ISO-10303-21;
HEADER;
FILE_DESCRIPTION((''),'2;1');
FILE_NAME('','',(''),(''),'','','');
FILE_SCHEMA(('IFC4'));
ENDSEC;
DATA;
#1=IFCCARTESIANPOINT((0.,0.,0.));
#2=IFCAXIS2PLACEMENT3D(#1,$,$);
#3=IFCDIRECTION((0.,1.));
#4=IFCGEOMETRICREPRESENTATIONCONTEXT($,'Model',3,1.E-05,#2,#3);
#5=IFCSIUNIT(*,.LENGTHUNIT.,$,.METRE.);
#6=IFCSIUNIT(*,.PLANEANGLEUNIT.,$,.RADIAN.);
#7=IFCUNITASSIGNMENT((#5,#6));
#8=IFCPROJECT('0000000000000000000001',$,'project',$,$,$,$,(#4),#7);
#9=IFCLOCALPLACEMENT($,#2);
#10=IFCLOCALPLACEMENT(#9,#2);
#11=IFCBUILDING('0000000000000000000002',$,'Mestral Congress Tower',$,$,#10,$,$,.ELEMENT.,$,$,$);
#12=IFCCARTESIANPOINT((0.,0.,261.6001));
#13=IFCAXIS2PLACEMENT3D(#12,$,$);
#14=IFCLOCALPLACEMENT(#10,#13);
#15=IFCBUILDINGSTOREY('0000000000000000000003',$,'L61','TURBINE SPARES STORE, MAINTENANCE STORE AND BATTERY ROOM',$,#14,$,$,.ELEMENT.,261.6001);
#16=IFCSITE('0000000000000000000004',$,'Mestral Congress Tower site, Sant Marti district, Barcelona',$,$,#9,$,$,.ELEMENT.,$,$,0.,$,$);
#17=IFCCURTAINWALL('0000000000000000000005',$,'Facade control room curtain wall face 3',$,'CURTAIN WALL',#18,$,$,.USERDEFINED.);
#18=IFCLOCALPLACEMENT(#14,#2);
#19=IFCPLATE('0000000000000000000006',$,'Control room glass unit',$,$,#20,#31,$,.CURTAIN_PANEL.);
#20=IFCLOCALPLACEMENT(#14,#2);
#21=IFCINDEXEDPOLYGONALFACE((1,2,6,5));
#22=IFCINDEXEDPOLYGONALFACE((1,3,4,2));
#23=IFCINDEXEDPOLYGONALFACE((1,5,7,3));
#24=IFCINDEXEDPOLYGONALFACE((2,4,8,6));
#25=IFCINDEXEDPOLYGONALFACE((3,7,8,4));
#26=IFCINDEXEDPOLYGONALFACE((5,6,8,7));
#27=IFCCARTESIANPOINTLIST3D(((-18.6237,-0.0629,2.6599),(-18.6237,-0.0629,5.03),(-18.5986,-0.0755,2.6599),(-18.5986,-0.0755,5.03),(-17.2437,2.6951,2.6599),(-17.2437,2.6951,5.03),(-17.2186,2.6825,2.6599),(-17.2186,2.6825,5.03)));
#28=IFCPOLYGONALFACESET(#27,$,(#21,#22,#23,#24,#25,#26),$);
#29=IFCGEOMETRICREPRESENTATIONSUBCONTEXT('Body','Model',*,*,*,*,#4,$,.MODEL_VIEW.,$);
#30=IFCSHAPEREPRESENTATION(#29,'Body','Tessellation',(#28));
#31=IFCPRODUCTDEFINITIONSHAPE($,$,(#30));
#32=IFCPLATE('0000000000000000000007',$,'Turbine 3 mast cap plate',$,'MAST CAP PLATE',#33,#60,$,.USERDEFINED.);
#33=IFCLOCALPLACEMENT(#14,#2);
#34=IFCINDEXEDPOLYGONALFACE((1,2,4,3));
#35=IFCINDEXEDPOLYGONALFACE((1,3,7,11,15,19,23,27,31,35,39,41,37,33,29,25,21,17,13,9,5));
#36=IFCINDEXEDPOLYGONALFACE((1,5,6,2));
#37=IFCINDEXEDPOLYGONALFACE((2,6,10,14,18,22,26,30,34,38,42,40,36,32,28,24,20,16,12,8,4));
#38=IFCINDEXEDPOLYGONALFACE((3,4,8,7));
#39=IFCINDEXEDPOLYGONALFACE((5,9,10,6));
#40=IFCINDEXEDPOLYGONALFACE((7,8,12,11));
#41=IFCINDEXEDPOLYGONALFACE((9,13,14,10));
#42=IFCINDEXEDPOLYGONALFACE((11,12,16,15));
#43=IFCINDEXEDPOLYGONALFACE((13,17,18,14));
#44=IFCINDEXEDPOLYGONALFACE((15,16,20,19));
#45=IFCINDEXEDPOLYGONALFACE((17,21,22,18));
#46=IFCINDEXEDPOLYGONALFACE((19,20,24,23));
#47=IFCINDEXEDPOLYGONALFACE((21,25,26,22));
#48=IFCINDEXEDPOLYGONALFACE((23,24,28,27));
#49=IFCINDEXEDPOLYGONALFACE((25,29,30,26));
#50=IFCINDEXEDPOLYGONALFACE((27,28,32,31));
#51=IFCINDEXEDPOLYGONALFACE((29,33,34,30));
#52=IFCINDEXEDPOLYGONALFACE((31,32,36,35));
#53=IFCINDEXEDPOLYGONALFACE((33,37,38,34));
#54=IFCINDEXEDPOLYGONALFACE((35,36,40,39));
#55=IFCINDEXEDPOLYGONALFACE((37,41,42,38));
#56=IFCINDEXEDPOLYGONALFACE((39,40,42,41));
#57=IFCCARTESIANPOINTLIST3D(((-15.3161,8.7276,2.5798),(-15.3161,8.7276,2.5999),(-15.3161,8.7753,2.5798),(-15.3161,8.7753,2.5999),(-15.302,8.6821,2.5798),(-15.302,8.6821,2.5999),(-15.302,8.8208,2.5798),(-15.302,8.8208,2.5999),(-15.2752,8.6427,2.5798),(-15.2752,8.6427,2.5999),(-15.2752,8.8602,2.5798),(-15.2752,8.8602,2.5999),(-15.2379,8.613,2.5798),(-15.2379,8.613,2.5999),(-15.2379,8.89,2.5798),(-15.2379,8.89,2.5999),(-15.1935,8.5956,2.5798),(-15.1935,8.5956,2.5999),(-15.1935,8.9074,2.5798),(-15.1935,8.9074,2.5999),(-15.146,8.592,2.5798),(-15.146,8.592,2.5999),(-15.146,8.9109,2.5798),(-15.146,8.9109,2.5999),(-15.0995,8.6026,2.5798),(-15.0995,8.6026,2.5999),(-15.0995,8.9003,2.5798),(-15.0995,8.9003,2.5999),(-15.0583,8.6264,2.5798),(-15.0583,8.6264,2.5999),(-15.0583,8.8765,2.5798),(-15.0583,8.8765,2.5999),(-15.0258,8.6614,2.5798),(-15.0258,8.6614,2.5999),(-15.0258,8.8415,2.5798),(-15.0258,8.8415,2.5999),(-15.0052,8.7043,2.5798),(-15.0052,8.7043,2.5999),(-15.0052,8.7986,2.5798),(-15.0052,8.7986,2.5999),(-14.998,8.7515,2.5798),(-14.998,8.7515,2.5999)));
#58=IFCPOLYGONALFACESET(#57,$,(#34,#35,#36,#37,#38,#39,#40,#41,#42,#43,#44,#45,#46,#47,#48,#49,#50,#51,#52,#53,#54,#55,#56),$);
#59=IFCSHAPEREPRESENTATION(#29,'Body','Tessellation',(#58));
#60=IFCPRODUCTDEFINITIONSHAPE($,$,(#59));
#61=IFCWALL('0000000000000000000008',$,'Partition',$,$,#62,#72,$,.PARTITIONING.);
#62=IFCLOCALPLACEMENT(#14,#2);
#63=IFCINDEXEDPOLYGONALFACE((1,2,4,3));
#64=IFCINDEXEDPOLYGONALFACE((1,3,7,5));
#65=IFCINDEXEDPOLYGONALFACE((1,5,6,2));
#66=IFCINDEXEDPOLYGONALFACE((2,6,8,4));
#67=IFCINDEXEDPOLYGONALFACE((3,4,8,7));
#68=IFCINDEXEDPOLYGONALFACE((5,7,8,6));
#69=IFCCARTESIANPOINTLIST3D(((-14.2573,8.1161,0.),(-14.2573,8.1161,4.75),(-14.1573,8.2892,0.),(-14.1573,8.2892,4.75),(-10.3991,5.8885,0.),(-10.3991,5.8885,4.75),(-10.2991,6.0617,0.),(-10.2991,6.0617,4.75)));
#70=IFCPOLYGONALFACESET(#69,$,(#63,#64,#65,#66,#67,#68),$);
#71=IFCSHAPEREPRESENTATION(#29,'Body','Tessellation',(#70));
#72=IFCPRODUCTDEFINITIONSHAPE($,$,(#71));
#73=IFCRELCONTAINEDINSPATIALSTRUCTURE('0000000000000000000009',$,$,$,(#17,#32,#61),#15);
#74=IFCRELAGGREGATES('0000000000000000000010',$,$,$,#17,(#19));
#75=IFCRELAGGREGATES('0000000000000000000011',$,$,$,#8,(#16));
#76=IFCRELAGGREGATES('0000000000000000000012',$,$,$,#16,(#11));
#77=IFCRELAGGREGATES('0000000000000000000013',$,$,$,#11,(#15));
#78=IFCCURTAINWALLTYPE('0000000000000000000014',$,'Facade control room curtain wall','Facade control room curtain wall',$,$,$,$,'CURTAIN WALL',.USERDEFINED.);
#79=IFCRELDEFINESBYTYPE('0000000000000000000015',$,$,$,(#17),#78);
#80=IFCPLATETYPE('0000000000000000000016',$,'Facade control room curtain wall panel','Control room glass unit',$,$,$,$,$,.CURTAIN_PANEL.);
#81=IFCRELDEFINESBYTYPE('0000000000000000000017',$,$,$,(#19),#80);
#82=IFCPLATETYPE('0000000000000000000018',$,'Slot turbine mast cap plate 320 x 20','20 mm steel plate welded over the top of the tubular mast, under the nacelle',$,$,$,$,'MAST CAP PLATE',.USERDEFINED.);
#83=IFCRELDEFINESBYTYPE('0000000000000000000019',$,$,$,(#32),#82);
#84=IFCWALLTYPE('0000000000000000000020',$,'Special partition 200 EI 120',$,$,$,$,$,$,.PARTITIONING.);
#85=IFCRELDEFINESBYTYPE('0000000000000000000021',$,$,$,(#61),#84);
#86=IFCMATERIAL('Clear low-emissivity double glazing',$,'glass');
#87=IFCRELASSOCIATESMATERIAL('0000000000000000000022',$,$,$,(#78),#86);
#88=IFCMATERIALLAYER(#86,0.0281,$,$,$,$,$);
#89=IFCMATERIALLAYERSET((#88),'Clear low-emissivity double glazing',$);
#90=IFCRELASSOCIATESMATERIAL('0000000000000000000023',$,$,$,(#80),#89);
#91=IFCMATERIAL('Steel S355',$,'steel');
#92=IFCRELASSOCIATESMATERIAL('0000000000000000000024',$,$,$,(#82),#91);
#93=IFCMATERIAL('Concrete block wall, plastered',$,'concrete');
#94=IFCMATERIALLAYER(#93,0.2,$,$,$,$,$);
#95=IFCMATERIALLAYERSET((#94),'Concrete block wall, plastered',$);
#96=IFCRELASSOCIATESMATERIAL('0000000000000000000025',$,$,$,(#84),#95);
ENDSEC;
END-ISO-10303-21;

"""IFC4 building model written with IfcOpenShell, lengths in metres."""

from ifc_helpers import new_model, si_unit, direction, frame, frame_2d, origin, origin_2d, place, context, subcontext, project, spatial, rectangle, circle, extrude, material, layer, layer_set, material_profile, profile_set, type_object, element, aggregate, save


model = new_model("IFC4")

# Units and contexts
model_context = context("Model", 3, precision=1e-05, world=origin(), true_north=direction((0.0, 1.0)))
body_context = subcontext(model_context, "Body", "Model", "MODEL_VIEW")
ifc_project = project(units=[si_unit("LENGTHUNIT", "METRE"), si_unit("PLANEANGLEUNIT", "RADIAN")], contexts=[model_context])

# Site, building, storey
site_placement = place(None, origin())
site = spatial("IfcSite", under=ifc_project, at=site_placement, Name="Mestral Congress Tower site, Sant Marti district, Barcelona", CompositionType="ELEMENT", RefElevation=0.0)
building_placement = place(site_placement, origin())
building = spatial("IfcBuilding", under=site, at=building_placement, Name="Mestral Congress Tower", CompositionType="ELEMENT")
storey_placement = place(building_placement, frame((0.0, 0.0, 261.6001)))
storey = spatial("IfcBuildingStorey", under=building, at=storey_placement, Name="L61", Description="TURBINE SPARES STORE, MAINTENANCE STORE AND BATTERY ROOM", CompositionType="ELEMENT", Elevation=261.6001)

# Curtain wall
ifc_material_1 = material(Name="Clear low-emissivity double glazing", Category="glass")
curtain_wall_type = type_object("IfcCurtainWallType", Name="Facade control room curtain wall", Description="Facade control room curtain wall", ElementType="CURTAIN WALL", PredefinedType="USERDEFINED", material=ifc_material_1)
curtain_wall_placement = place(storey_placement, origin())
curtain_wall = element("IfcCurtainWall", 1, at=curtain_wall_placement, inside=storey, type_object=curtain_wall_type, Name="Facade control room curtain wall face 3", ObjectType="CURTAIN WALL", PredefinedType="USERDEFINED")

# Shared definitions
ifc_material_2 = material(Name="Steel S355", Category="steel")

# Plates
ifc_layer_1 = layer(ifc_material_1, 0.0281)
ifc_layer_set_1 = layer_set([ifc_layer_1], Name="Clear low-emissivity double glazing")
plate_type_1 = type_object("IfcPlateType", Name="Facade control room curtain wall panel", Description="Control room glass unit", PredefinedType="CURTAIN_PANEL", material=ifc_layer_set_1)
plate_1_placement = place(storey_placement, frame((-17.9211, 1.3098, 2.6599), z_axis=(0.0, 0.0, 1.0), x_axis=(-0.44747, -0.894299, 0.0)))
plate_1 = element("IfcPlate", 2, at=plate_1_placement, type_object=plate_type_1, Name="Control room glass unit", PredefinedType="CURTAIN_PANEL", context=body_context, shape_type="SweptSolid", body=[
    extrude(rectangle(XDim=3.084, YDim=0.0281, at=origin_2d()), origin(), (0.0, 0.0, 1.0), 2.3701),
])
aggregate(curtain_wall, [plate_1])
ifc_material_profile_1 = material_profile(ifc_material_2, circle(Radius=0.1599, at=origin_2d()), Name="Cap 320")
ifc_profile_set_1 = profile_set([ifc_material_profile_1], Name="Steel S355")
plate_type_2 = type_object("IfcPlateType", Name="Slot turbine mast cap plate 320 x 20", Description="20 mm steel plate welded over the top of the tubular mast, under the nacelle", ElementType="MAST CAP PLATE", PredefinedType="USERDEFINED", material=ifc_profile_set_1)
plate_2_placement = place(storey_placement, frame((-15.158, 8.7515, 2.5798), z_axis=(0.0, 0.0, 1.0), x_axis=(1.0, 0.0, 0.0)))
element("IfcPlate", 3, at=plate_2_placement, inside=storey, type_object=plate_type_2, Name="Turbine 3 mast cap plate", ObjectType="MAST CAP PLATE", PredefinedType="USERDEFINED", context=body_context, shape_type="SweptSolid", body=[
    extrude(circle(Radius=0.1599, at=origin_2d()), origin(), (0.0, 0.0, 1.0), 0.02),
])

# Wall
ifc_material_3 = material(Name="Concrete block wall, plastered", Category="concrete")
ifc_layer_2 = layer(ifc_material_3, 0.2)
ifc_layer_set_2 = layer_set([ifc_layer_2], Name="Concrete block wall, plastered")
wall_type = type_object("IfcWallType", Name="Special partition 200 EI 120", PredefinedType="PARTITIONING", material=ifc_layer_set_2)
wall_placement = place(storey_placement, frame((-14.2073, 8.2026, 0.0), z_axis=(0.0, 0.0, 1.0), x_axis=(0.866022, -0.500005, 0.0)))
element("IfcWall", 4, at=wall_placement, inside=storey, type_object=wall_type, Name="Partition", PredefinedType="PARTITIONING", context=body_context, shape_type="SweptSolid", body=[
    extrude(rectangle(XDim=4.4551, YDim=0.2, at=frame_2d((2.2275, 0.0))), origin(), (0.0, 0.0, 1.0), 4.75),
])

save(model, "model.ifc")
